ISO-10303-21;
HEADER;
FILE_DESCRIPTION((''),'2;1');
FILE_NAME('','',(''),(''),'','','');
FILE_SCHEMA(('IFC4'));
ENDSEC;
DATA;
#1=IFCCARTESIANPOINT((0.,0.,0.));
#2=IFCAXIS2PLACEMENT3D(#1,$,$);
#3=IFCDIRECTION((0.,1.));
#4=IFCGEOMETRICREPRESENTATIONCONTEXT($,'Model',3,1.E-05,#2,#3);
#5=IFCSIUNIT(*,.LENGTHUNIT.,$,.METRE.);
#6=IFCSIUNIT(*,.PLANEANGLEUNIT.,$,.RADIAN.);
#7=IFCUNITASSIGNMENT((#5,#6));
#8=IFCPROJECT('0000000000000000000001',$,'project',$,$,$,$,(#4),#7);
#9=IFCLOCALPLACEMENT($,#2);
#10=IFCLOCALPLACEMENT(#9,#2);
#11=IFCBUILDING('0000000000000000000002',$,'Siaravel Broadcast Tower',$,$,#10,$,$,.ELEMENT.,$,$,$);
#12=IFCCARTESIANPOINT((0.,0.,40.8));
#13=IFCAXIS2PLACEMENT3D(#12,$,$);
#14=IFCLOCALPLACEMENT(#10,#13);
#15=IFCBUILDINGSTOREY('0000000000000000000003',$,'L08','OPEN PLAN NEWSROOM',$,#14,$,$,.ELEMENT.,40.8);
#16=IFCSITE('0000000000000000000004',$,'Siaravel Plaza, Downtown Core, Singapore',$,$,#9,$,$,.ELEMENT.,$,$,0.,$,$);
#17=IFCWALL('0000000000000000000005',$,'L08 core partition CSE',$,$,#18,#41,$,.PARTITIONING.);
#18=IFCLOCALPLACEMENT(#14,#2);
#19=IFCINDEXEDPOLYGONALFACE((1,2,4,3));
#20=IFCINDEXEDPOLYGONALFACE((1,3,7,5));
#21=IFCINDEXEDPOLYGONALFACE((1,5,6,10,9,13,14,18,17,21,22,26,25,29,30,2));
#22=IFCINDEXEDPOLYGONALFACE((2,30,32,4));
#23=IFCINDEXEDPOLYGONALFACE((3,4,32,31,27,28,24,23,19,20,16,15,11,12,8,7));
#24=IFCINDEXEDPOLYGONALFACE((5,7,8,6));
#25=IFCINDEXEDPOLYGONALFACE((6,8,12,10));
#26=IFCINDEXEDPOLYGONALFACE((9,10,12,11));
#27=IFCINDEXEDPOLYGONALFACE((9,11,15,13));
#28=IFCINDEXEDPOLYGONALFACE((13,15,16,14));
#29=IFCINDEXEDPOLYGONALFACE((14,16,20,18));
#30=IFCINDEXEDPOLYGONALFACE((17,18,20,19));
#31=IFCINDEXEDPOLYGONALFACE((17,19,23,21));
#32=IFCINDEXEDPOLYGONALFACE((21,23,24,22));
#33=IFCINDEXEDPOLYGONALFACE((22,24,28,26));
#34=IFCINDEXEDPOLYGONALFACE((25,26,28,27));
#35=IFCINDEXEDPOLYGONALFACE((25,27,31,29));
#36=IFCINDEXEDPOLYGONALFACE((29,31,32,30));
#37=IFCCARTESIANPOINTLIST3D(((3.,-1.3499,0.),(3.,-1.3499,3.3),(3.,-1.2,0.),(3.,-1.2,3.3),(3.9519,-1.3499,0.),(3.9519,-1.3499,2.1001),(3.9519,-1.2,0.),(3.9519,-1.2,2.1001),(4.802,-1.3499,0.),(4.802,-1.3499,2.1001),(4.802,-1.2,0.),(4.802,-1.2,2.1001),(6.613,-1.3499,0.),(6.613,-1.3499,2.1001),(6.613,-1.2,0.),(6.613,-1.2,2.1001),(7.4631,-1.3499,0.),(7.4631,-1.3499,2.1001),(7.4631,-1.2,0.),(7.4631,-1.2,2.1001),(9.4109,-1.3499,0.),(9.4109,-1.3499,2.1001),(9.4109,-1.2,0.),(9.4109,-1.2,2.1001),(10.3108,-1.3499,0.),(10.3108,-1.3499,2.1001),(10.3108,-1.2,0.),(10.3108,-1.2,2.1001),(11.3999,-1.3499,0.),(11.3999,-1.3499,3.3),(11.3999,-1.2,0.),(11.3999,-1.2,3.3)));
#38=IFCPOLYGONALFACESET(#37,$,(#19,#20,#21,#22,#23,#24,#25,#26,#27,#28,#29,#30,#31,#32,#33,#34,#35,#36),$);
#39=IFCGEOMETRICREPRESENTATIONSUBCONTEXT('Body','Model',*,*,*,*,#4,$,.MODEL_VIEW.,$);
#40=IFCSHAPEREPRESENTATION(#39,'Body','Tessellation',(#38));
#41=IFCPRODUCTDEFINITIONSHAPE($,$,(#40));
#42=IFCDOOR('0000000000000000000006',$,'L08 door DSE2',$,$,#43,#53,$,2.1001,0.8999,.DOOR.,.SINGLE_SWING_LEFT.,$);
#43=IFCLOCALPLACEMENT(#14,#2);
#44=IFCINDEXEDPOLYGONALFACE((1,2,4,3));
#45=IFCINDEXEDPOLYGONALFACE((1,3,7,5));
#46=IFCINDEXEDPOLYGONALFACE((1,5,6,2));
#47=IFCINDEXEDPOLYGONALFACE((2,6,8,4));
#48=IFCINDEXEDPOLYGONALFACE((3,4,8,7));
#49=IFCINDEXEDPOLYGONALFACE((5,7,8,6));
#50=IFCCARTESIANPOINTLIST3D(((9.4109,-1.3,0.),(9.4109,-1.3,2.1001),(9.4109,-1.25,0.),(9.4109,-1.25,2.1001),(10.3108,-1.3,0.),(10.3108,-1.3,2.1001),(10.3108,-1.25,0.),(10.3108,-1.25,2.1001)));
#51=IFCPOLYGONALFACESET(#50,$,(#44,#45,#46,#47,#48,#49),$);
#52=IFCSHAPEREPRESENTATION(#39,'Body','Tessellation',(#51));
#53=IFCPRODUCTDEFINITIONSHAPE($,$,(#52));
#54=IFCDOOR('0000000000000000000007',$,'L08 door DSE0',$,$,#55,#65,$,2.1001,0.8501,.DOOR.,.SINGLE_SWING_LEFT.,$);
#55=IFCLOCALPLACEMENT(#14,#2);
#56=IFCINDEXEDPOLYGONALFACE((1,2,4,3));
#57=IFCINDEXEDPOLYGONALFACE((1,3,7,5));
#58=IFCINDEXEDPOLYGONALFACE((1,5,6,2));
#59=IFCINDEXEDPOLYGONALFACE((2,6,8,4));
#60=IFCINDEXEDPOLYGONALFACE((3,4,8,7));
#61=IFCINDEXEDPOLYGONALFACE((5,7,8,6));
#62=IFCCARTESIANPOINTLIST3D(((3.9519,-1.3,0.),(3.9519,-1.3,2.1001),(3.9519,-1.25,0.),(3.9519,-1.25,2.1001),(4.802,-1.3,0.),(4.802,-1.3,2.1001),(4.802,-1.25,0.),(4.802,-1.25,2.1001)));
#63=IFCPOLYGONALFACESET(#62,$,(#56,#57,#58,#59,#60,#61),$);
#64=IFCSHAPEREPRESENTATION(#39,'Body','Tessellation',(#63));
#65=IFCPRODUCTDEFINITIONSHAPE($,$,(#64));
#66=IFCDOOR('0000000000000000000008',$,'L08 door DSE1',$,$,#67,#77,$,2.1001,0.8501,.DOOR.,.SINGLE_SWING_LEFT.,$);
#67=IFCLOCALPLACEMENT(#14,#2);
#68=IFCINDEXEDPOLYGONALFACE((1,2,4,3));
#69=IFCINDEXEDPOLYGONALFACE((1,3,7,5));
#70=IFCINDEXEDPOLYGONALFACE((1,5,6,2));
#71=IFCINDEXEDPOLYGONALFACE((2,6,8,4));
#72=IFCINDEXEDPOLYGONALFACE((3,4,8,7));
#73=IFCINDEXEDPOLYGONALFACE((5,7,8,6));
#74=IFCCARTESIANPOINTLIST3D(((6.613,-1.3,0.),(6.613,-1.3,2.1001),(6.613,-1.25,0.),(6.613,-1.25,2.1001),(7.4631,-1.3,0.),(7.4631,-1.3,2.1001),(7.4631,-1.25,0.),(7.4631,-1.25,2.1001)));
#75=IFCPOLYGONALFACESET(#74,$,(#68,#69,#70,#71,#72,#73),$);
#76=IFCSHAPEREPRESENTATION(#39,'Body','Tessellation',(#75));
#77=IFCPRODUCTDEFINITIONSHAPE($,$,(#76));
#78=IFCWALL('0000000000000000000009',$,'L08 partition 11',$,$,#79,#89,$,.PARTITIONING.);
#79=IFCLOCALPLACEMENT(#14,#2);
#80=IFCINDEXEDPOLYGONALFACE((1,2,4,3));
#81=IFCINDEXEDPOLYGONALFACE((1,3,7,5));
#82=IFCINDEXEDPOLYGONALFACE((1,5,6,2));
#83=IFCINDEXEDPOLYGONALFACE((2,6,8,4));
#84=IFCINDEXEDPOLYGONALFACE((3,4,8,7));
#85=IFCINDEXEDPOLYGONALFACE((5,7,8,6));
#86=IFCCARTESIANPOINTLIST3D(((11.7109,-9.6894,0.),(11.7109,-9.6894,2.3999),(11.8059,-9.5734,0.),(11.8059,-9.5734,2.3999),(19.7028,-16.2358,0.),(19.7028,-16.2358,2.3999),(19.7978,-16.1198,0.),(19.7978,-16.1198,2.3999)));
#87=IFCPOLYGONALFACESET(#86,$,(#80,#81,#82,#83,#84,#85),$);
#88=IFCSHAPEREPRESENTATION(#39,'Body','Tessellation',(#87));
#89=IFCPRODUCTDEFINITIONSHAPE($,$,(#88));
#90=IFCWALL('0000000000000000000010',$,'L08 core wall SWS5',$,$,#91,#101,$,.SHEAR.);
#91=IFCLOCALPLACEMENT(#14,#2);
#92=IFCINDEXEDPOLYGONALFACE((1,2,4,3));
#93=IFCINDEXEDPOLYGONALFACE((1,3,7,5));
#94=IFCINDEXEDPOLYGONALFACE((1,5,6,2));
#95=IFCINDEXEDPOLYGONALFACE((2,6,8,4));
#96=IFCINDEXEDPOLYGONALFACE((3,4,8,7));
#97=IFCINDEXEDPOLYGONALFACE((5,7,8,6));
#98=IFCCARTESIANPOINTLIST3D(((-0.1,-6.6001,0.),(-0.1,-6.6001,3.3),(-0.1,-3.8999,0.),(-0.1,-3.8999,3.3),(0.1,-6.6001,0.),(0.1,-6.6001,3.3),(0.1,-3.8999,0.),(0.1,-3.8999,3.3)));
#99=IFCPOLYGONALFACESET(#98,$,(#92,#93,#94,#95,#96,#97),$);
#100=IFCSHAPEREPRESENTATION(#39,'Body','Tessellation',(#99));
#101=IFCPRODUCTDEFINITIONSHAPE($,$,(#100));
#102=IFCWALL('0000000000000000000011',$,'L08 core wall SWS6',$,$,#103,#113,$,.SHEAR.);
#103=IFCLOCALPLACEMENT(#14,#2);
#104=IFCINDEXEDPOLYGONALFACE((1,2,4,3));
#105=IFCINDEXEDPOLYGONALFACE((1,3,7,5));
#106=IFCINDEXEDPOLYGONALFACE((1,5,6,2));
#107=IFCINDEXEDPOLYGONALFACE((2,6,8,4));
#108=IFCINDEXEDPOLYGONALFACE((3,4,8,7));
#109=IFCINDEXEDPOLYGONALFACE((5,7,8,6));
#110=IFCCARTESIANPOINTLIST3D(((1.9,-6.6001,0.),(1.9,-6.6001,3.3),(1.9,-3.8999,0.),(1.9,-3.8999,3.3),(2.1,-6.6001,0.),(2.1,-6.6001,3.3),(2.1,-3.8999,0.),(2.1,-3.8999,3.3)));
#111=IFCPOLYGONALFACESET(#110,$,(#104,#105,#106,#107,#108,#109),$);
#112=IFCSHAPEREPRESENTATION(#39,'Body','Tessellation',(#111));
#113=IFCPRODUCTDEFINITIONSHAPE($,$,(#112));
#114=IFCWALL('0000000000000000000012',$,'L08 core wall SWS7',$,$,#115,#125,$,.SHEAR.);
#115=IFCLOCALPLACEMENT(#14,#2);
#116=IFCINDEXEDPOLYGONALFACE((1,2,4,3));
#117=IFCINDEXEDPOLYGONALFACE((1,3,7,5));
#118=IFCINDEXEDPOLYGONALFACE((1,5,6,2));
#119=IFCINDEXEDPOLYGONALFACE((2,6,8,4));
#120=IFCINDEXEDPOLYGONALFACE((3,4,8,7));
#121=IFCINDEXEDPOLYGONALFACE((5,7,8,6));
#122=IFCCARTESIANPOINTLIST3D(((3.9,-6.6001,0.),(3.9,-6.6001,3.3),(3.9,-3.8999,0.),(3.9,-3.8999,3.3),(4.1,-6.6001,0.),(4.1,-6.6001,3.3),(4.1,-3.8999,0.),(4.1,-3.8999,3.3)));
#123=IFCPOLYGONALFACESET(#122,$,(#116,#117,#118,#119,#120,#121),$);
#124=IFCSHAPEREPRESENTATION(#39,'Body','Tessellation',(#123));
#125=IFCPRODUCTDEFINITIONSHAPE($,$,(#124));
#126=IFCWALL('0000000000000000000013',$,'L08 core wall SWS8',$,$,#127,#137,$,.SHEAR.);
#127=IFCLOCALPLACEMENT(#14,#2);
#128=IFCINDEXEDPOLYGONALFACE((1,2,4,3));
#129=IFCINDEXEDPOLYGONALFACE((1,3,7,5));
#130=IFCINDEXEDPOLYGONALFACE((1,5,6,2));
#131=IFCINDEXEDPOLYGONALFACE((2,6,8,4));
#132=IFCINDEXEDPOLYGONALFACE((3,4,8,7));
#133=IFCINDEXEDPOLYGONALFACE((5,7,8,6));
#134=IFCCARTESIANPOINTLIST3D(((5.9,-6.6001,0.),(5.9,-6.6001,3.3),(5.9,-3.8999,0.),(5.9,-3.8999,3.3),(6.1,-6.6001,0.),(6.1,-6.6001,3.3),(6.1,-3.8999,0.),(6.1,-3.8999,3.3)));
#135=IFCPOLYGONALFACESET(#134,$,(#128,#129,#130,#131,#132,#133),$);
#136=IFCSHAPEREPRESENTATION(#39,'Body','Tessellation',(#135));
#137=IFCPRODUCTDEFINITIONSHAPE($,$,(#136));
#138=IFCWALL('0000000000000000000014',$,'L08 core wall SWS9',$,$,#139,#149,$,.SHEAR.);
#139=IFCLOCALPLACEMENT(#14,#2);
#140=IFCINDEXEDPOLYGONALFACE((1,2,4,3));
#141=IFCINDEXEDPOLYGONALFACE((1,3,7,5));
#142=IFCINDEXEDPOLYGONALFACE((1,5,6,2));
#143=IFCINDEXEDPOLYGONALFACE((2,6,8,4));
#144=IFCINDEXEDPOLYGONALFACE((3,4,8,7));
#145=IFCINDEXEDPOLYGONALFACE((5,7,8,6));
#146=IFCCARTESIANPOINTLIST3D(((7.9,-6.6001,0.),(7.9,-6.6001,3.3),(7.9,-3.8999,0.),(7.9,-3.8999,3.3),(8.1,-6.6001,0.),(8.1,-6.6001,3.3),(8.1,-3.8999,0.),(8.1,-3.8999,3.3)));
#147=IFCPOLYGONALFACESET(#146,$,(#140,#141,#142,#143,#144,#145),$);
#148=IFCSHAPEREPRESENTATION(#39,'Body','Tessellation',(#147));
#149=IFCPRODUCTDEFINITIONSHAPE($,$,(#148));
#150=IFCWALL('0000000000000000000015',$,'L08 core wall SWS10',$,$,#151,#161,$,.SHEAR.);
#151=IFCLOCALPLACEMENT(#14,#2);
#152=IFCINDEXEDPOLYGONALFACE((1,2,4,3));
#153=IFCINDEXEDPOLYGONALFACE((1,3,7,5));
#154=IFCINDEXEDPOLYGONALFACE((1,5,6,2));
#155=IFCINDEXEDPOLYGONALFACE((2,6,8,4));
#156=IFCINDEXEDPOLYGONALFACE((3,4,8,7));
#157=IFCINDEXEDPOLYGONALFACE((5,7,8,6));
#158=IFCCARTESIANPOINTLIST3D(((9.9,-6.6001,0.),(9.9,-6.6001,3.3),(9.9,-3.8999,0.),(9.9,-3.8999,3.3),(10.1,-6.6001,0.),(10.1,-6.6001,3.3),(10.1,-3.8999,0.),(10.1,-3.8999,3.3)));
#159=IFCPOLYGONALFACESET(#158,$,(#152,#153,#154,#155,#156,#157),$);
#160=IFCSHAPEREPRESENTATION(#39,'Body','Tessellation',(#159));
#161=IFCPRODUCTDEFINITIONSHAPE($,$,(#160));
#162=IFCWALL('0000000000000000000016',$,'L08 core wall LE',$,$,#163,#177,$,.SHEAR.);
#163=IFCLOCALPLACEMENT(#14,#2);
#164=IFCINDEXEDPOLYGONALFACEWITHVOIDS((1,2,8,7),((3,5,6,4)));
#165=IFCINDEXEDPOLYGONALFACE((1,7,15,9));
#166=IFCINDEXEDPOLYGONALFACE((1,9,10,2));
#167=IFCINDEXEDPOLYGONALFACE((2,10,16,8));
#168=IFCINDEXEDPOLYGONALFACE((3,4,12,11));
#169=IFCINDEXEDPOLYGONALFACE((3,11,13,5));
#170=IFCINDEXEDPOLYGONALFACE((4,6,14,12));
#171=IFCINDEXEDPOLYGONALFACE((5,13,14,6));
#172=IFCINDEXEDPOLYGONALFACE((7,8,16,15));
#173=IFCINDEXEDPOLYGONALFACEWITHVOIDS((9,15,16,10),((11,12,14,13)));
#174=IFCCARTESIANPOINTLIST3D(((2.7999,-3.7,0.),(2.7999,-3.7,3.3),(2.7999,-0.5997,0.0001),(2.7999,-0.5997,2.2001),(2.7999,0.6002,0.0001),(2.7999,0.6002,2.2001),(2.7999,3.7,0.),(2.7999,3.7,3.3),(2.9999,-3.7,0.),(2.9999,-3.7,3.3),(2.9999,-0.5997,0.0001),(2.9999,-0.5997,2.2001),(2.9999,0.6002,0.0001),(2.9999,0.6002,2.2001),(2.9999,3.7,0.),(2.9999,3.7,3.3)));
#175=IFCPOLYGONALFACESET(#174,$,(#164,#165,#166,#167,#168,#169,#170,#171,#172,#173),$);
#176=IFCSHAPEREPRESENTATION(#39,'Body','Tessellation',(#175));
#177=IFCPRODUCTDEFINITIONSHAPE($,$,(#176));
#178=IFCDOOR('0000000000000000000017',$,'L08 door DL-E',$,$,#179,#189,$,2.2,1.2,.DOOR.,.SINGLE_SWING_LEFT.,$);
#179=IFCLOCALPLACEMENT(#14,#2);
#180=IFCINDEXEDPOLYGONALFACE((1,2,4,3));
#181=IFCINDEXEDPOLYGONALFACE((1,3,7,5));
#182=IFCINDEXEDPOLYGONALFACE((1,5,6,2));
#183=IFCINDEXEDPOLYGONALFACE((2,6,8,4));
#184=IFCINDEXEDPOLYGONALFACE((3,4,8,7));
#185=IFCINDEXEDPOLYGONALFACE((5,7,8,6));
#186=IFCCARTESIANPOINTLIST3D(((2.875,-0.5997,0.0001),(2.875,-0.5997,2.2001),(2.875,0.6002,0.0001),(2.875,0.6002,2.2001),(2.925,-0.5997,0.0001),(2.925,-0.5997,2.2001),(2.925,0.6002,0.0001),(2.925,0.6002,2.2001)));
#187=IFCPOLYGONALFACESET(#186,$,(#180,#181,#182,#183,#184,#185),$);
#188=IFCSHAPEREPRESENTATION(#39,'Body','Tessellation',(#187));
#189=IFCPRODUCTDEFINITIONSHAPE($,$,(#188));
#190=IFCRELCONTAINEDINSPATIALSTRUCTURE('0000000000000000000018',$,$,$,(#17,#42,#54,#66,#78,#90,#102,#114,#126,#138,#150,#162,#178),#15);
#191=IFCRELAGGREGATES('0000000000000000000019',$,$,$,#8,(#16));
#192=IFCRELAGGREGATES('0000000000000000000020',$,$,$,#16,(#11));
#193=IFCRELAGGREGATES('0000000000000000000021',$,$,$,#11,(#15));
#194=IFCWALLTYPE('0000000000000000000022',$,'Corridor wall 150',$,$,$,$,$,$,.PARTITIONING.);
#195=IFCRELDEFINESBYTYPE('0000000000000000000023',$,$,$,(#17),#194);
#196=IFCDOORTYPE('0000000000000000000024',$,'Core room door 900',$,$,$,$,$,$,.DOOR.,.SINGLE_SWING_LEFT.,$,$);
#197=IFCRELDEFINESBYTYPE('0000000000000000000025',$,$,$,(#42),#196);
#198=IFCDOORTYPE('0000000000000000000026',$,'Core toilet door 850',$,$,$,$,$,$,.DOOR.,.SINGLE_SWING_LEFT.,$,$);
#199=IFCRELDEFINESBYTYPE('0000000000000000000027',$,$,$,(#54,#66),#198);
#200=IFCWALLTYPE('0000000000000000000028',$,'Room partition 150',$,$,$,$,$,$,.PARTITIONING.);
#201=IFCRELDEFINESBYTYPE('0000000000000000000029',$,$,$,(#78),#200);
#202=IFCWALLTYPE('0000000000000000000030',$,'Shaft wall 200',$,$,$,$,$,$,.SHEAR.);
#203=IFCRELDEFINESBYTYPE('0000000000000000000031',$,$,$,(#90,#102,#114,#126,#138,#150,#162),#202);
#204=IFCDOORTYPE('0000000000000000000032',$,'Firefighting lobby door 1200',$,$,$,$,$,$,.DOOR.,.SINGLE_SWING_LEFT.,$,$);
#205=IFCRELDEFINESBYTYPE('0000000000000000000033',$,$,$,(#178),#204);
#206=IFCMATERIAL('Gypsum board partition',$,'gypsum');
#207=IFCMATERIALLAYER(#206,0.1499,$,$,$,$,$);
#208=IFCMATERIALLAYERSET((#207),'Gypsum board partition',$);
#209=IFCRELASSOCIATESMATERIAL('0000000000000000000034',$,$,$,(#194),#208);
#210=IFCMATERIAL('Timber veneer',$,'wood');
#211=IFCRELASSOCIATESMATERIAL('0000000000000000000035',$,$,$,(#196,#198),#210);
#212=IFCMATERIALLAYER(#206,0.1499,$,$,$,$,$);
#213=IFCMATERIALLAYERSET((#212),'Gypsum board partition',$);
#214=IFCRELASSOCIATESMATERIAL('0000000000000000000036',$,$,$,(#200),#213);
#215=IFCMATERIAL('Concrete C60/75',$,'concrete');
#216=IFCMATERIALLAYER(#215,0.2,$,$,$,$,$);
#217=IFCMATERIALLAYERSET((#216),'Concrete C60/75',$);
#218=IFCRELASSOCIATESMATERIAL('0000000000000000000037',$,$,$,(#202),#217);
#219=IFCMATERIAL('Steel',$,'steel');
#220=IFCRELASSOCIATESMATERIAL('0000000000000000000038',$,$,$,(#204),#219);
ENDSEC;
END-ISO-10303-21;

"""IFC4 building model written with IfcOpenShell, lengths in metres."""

from ifc_helpers import new_model, si_unit, direction, frame, frame_2d, origin, place, context, subcontext, project, spatial, rectangle, extrude, material, layer, layer_set, type_object, element, fill, save


model = new_model("IFC4")

# Units and contexts
model_context = context("Model", 3, precision=1e-05, world=origin(), true_north=direction((0.0, 1.0)))
body_context = subcontext(model_context, "Body", "Model", "MODEL_VIEW")
ifc_project = project(units=[si_unit("LENGTHUNIT", "METRE"), si_unit("PLANEANGLEUNIT", "RADIAN")], contexts=[model_context])

# Site, building, storey
site_placement = place(None, origin())
site = spatial("IfcSite", under=ifc_project, at=site_placement, Name="Siaravel Plaza, Downtown Core, Singapore", CompositionType="ELEMENT", RefElevation=0.0)
building_placement = place(site_placement, origin())
building = spatial("IfcBuilding", under=site, at=building_placement, Name="Siaravel Broadcast Tower", CompositionType="ELEMENT")
storey_placement = place(building_placement, frame((0.0, 0.0, 40.8)))
storey = spatial("IfcBuildingStorey", under=building, at=storey_placement, Name="L08", Description="OPEN PLAN NEWSROOM", CompositionType="ELEMENT", Elevation=40.8)

# Shared definitions
ifc_material_1 = material(Name="Concrete C60/75", Category="concrete")
ifc_material_2 = material(Name="Steel", Category="steel")

# Wall, openings, doors
ifc_material_3 = material(Name="Gypsum board partition", Category="gypsum")
ifc_layer_1 = layer(ifc_material_3, 0.1499)
ifc_layer_set_1 = layer_set([ifc_layer_1], Name="Gypsum board partition")
wall_type_1 = type_object("IfcWallType", Name="Corridor wall 150", PredefinedType="PARTITIONING", material=ifc_layer_set_1)
wall_1_placement = place(storey_placement, frame((3.0, -1.2749, 0.0), z_axis=(0.0, 0.0, 1.0), x_axis=(1.0, 0.0, 0.0)))
wall_1 = element("IfcWall", 1, at=wall_1_placement, inside=storey, type_object=wall_type_1, Name="L08 core partition CSE", PredefinedType="PARTITIONING", context=body_context, shape_type="SweptSolid", body=[
    extrude(rectangle(XDim=8.3999, YDim=0.1499, at=frame_2d((4.2, 0.0))), origin(), (0.0, 0.0, 1.0), 3.3),
])
opening_1_placement = place(wall_1_placement, frame((0.9519, 0.0, 0.0)))
opening_1 = element("IfcOpeningElement", 2, at=opening_1_placement, cuts=wall_1, PredefinedType="OPENING", context=body_context, shape_type="SweptSolid", body=[
    extrude(rectangle(XDim=0.8501, YDim=2.1001, at=frame_2d((0.425, 1.05))), frame((0.0, 0.085, 0.0), z_axis=(0.0, -1.0, 0.0), x_axis=(1.0, 0.0, 0.0)), (0.0, 0.0, 1.0), 0.1699),
])
opening_2_placement = place(wall_1_placement, frame((3.613, 0.0, 0.0)))
opening_2 = element("IfcOpeningElement", 3, at=opening_2_placement, cuts=wall_1, PredefinedType="OPENING", context=body_context, shape_type="SweptSolid", body=[
    extrude(rectangle(XDim=0.8501, YDim=2.1001, at=frame_2d((0.425, 1.05))), frame((0.0, 0.085, 0.0), z_axis=(0.0, -1.0, 0.0), x_axis=(1.0, 0.0, 0.0)), (0.0, 0.0, 1.0), 0.1699),
])
opening_3_placement = place(wall_1_placement, frame((6.4109, 0.0, 0.0)))
opening_3 = element("IfcOpeningElement", 4, at=opening_3_placement, cuts=wall_1, PredefinedType="OPENING", context=body_context, shape_type="SweptSolid", body=[
    extrude(rectangle(XDim=0.8999, YDim=2.1001, at=frame_2d((0.45, 1.05))), frame((0.0, 0.085, 0.0), z_axis=(0.0, -1.0, 0.0), x_axis=(1.0, 0.0, 0.0)), (0.0, 0.0, 1.0), 0.1699),
])
ifc_material_4 = material(Name="Timber veneer", Category="wood")
door_type_1 = type_object("IfcDoorType", Name="Core room door 900", OperationType="SINGLE_SWING_LEFT", PredefinedType="DOOR", material=ifc_material_4)
door_1_placement = place(opening_3_placement, origin())
door_1 = element("IfcDoor", 5, at=door_1_placement, inside=storey, type_object=door_type_1, Name="L08 door DSE2", OperationType="SINGLE_SWING_LEFT", OverallHeight=2.1001, OverallWidth=0.8999, PredefinedType="DOOR", context=body_context, shape_type="SweptSolid", body=[
    extrude(rectangle(XDim=0.8999, YDim=2.1001, at=frame_2d((0.45, 1.05))), frame((0.0, 0.0249, 0.0), z_axis=(0.0, -1.0, 0.0), x_axis=(1.0, 0.0, 0.0)), (0.0, 0.0, 1.0), 0.05),
])
fill(opening_3, door_1)
door_type_2 = type_object("IfcDoorType", Name="Core toilet door 850", OperationType="SINGLE_SWING_LEFT", PredefinedType="DOOR", material=ifc_material_4)
door_2_placement = place(opening_1_placement, origin())
door_2 = element("IfcDoor", 6, at=door_2_placement, inside=storey, type_object=door_type_2, Name="L08 door DSE0", OperationType="SINGLE_SWING_LEFT", OverallHeight=2.1001, OverallWidth=0.8501, PredefinedType="DOOR", context=body_context, shape_type="SweptSolid", body=[
    extrude(rectangle(XDim=0.8501, YDim=2.1001, at=frame_2d((0.425, 1.05))), frame((0.0, 0.0249, 0.0), z_axis=(0.0, -1.0, 0.0), x_axis=(1.0, 0.0, 0.0)), (0.0, 0.0, 1.0), 0.05),
])
fill(opening_1, door_2)
door_3_placement = place(opening_2_placement, origin())
door_3 = element("IfcDoor", 7, at=door_3_placement, inside=storey, type_object=door_type_2, Name="L08 door DSE1", OperationType="SINGLE_SWING_LEFT", OverallHeight=2.1001, OverallWidth=0.8501, PredefinedType="DOOR", context=body_context, shape_type="SweptSolid", body=[
    extrude(rectangle(XDim=0.8501, YDim=2.1001, at=frame_2d((0.425, 1.05))), frame((0.0, 0.0249, 0.0), z_axis=(0.0, -1.0, 0.0), x_axis=(1.0, 0.0, 0.0)), (0.0, 0.0, 1.0), 0.05),
])
fill(opening_2, door_3)

# Walls
ifc_layer_2 = layer(ifc_material_3, 0.1499)
ifc_layer_set_2 = layer_set([ifc_layer_2], Name="Gypsum board partition")
wall_type_2 = type_object("IfcWallType", Name="Room partition 150", PredefinedType="PARTITIONING", material=ifc_layer_set_2)
wall_2_placement = place(storey_placement, frame((11.7583, -9.6313, 0.0), z_axis=(0.0, 0.0, 1.0), x_axis=(0.7736, -0.633674, 0.0)))
element("IfcWall", 8, at=wall_2_placement, inside=storey, type_object=wall_type_2, Name="L08 partition 11", PredefinedType="PARTITIONING", context=body_context, shape_type="SweptSolid", body=[
    extrude(rectangle(XDim=10.3308, YDim=0.1499, at=frame_2d((5.1655, 0.0))), origin(), (0.0, 0.0, 1.0), 2.3999),
])
ifc_layer_3 = layer(ifc_material_1, 0.2)
ifc_layer_set_3 = layer_set([ifc_layer_3], Name="Concrete C60/75")
wall_type_3 = type_object("IfcWallType", Name="Shaft wall 200", PredefinedType="SHEAR", material=ifc_layer_set_3)
for number, where, z_axis, x_axis, name in (
    (9, (0.0, -6.6001, 0.0), (0.0, 0.0, 1.0), (0.0, 1.0, 0.0), "L08 core wall SWS5"),
    (10, (2.0, -6.6001, 0.0), (0.0, 0.0, 1.0), (0.0, 1.0, 0.0), "L08 core wall SWS6"),
    (11, (4.0, -6.6001, 0.0), (0.0, 0.0, 1.0), (0.0, 1.0, 0.0), "L08 core wall SWS7"),
    (12, (6.0, -6.6001, 0.0), (0.0, 0.0, 1.0), (0.0, 1.0, 0.0), "L08 core wall SWS8"),
    (13, (8.0, -6.6001, 0.0), (0.0, 0.0, 1.0), (0.0, 1.0, 0.0), "L08 core wall SWS9"),
    (14, (10.0, -6.6001, 0.0), (0.0, 0.0, 1.0), (0.0, 1.0, 0.0), "L08 core wall SWS10"),
):
    element("IfcWall", number, at=place(storey_placement, frame(where, z_axis=z_axis, x_axis=x_axis)), inside=storey, type_object=wall_type_3, Name=name, PredefinedType="SHEAR", context=body_context, shape_type="SweptSolid", body=[
        extrude(rectangle(XDim=2.7002, YDim=0.2, at=frame_2d((1.3501, 0.0))), origin(), (0.0, 0.0, 1.0), 3.3),
    ])

# Wall, opening, door
wall_3_placement = place(storey_placement, frame((2.8999, -3.7, 0.0), z_axis=(0.0, 0.0, 1.0), x_axis=(0.0, 1.0, 0.0)))
wall_3 = element("IfcWall", 15, at=wall_3_placement, inside=storey, type_object=wall_type_3, Name="L08 core wall LE", PredefinedType="SHEAR", context=body_context, shape_type="SweptSolid", body=[
    extrude(rectangle(XDim=7.3999, YDim=0.2, at=frame_2d((3.7, 0.0))), origin(), (0.0, 0.0, 1.0), 3.3),
])
opening_4_placement = place(wall_3_placement, frame((3.1001, 0.0, 0.0)))
opening_4 = element("IfcOpeningElement", 16, at=opening_4_placement, cuts=wall_3, PredefinedType="OPENING", context=body_context, shape_type="SweptSolid", body=[
    extrude(rectangle(XDim=1.2, YDim=2.2, at=frame_2d((0.6001, 1.1001))), frame((0.0, 0.1099, 0.0), z_axis=(0.0, -1.0, 0.0), x_axis=(1.0, 0.0, 0.0)), (0.0, 0.0, 1.0), 0.22),
])
door_type_3 = type_object("IfcDoorType", Name="Firefighting lobby door 1200", OperationType="SINGLE_SWING_LEFT", PredefinedType="DOOR", material=ifc_material_2)
door_4_placement = place(opening_4_placement, origin())
door_4 = element("IfcDoor", 17, at=door_4_placement, inside=storey, type_object=door_type_3, Name="L08 door DL-E", OperationType="SINGLE_SWING_LEFT", OverallHeight=2.2, OverallWidth=1.2, PredefinedType="DOOR", context=body_context, shape_type="SweptSolid", body=[
    extrude(rectangle(XDim=1.2, YDim=2.2, at=frame_2d((0.6001, 1.1001))), frame((0.0, 0.0249, 0.0), z_axis=(0.0, -1.0, 0.0), x_axis=(1.0, 0.0, 0.0)), (0.0, 0.0, 1.0), 0.05),
])
fill(opening_4, door_4)

save(model, "model.ifc")
